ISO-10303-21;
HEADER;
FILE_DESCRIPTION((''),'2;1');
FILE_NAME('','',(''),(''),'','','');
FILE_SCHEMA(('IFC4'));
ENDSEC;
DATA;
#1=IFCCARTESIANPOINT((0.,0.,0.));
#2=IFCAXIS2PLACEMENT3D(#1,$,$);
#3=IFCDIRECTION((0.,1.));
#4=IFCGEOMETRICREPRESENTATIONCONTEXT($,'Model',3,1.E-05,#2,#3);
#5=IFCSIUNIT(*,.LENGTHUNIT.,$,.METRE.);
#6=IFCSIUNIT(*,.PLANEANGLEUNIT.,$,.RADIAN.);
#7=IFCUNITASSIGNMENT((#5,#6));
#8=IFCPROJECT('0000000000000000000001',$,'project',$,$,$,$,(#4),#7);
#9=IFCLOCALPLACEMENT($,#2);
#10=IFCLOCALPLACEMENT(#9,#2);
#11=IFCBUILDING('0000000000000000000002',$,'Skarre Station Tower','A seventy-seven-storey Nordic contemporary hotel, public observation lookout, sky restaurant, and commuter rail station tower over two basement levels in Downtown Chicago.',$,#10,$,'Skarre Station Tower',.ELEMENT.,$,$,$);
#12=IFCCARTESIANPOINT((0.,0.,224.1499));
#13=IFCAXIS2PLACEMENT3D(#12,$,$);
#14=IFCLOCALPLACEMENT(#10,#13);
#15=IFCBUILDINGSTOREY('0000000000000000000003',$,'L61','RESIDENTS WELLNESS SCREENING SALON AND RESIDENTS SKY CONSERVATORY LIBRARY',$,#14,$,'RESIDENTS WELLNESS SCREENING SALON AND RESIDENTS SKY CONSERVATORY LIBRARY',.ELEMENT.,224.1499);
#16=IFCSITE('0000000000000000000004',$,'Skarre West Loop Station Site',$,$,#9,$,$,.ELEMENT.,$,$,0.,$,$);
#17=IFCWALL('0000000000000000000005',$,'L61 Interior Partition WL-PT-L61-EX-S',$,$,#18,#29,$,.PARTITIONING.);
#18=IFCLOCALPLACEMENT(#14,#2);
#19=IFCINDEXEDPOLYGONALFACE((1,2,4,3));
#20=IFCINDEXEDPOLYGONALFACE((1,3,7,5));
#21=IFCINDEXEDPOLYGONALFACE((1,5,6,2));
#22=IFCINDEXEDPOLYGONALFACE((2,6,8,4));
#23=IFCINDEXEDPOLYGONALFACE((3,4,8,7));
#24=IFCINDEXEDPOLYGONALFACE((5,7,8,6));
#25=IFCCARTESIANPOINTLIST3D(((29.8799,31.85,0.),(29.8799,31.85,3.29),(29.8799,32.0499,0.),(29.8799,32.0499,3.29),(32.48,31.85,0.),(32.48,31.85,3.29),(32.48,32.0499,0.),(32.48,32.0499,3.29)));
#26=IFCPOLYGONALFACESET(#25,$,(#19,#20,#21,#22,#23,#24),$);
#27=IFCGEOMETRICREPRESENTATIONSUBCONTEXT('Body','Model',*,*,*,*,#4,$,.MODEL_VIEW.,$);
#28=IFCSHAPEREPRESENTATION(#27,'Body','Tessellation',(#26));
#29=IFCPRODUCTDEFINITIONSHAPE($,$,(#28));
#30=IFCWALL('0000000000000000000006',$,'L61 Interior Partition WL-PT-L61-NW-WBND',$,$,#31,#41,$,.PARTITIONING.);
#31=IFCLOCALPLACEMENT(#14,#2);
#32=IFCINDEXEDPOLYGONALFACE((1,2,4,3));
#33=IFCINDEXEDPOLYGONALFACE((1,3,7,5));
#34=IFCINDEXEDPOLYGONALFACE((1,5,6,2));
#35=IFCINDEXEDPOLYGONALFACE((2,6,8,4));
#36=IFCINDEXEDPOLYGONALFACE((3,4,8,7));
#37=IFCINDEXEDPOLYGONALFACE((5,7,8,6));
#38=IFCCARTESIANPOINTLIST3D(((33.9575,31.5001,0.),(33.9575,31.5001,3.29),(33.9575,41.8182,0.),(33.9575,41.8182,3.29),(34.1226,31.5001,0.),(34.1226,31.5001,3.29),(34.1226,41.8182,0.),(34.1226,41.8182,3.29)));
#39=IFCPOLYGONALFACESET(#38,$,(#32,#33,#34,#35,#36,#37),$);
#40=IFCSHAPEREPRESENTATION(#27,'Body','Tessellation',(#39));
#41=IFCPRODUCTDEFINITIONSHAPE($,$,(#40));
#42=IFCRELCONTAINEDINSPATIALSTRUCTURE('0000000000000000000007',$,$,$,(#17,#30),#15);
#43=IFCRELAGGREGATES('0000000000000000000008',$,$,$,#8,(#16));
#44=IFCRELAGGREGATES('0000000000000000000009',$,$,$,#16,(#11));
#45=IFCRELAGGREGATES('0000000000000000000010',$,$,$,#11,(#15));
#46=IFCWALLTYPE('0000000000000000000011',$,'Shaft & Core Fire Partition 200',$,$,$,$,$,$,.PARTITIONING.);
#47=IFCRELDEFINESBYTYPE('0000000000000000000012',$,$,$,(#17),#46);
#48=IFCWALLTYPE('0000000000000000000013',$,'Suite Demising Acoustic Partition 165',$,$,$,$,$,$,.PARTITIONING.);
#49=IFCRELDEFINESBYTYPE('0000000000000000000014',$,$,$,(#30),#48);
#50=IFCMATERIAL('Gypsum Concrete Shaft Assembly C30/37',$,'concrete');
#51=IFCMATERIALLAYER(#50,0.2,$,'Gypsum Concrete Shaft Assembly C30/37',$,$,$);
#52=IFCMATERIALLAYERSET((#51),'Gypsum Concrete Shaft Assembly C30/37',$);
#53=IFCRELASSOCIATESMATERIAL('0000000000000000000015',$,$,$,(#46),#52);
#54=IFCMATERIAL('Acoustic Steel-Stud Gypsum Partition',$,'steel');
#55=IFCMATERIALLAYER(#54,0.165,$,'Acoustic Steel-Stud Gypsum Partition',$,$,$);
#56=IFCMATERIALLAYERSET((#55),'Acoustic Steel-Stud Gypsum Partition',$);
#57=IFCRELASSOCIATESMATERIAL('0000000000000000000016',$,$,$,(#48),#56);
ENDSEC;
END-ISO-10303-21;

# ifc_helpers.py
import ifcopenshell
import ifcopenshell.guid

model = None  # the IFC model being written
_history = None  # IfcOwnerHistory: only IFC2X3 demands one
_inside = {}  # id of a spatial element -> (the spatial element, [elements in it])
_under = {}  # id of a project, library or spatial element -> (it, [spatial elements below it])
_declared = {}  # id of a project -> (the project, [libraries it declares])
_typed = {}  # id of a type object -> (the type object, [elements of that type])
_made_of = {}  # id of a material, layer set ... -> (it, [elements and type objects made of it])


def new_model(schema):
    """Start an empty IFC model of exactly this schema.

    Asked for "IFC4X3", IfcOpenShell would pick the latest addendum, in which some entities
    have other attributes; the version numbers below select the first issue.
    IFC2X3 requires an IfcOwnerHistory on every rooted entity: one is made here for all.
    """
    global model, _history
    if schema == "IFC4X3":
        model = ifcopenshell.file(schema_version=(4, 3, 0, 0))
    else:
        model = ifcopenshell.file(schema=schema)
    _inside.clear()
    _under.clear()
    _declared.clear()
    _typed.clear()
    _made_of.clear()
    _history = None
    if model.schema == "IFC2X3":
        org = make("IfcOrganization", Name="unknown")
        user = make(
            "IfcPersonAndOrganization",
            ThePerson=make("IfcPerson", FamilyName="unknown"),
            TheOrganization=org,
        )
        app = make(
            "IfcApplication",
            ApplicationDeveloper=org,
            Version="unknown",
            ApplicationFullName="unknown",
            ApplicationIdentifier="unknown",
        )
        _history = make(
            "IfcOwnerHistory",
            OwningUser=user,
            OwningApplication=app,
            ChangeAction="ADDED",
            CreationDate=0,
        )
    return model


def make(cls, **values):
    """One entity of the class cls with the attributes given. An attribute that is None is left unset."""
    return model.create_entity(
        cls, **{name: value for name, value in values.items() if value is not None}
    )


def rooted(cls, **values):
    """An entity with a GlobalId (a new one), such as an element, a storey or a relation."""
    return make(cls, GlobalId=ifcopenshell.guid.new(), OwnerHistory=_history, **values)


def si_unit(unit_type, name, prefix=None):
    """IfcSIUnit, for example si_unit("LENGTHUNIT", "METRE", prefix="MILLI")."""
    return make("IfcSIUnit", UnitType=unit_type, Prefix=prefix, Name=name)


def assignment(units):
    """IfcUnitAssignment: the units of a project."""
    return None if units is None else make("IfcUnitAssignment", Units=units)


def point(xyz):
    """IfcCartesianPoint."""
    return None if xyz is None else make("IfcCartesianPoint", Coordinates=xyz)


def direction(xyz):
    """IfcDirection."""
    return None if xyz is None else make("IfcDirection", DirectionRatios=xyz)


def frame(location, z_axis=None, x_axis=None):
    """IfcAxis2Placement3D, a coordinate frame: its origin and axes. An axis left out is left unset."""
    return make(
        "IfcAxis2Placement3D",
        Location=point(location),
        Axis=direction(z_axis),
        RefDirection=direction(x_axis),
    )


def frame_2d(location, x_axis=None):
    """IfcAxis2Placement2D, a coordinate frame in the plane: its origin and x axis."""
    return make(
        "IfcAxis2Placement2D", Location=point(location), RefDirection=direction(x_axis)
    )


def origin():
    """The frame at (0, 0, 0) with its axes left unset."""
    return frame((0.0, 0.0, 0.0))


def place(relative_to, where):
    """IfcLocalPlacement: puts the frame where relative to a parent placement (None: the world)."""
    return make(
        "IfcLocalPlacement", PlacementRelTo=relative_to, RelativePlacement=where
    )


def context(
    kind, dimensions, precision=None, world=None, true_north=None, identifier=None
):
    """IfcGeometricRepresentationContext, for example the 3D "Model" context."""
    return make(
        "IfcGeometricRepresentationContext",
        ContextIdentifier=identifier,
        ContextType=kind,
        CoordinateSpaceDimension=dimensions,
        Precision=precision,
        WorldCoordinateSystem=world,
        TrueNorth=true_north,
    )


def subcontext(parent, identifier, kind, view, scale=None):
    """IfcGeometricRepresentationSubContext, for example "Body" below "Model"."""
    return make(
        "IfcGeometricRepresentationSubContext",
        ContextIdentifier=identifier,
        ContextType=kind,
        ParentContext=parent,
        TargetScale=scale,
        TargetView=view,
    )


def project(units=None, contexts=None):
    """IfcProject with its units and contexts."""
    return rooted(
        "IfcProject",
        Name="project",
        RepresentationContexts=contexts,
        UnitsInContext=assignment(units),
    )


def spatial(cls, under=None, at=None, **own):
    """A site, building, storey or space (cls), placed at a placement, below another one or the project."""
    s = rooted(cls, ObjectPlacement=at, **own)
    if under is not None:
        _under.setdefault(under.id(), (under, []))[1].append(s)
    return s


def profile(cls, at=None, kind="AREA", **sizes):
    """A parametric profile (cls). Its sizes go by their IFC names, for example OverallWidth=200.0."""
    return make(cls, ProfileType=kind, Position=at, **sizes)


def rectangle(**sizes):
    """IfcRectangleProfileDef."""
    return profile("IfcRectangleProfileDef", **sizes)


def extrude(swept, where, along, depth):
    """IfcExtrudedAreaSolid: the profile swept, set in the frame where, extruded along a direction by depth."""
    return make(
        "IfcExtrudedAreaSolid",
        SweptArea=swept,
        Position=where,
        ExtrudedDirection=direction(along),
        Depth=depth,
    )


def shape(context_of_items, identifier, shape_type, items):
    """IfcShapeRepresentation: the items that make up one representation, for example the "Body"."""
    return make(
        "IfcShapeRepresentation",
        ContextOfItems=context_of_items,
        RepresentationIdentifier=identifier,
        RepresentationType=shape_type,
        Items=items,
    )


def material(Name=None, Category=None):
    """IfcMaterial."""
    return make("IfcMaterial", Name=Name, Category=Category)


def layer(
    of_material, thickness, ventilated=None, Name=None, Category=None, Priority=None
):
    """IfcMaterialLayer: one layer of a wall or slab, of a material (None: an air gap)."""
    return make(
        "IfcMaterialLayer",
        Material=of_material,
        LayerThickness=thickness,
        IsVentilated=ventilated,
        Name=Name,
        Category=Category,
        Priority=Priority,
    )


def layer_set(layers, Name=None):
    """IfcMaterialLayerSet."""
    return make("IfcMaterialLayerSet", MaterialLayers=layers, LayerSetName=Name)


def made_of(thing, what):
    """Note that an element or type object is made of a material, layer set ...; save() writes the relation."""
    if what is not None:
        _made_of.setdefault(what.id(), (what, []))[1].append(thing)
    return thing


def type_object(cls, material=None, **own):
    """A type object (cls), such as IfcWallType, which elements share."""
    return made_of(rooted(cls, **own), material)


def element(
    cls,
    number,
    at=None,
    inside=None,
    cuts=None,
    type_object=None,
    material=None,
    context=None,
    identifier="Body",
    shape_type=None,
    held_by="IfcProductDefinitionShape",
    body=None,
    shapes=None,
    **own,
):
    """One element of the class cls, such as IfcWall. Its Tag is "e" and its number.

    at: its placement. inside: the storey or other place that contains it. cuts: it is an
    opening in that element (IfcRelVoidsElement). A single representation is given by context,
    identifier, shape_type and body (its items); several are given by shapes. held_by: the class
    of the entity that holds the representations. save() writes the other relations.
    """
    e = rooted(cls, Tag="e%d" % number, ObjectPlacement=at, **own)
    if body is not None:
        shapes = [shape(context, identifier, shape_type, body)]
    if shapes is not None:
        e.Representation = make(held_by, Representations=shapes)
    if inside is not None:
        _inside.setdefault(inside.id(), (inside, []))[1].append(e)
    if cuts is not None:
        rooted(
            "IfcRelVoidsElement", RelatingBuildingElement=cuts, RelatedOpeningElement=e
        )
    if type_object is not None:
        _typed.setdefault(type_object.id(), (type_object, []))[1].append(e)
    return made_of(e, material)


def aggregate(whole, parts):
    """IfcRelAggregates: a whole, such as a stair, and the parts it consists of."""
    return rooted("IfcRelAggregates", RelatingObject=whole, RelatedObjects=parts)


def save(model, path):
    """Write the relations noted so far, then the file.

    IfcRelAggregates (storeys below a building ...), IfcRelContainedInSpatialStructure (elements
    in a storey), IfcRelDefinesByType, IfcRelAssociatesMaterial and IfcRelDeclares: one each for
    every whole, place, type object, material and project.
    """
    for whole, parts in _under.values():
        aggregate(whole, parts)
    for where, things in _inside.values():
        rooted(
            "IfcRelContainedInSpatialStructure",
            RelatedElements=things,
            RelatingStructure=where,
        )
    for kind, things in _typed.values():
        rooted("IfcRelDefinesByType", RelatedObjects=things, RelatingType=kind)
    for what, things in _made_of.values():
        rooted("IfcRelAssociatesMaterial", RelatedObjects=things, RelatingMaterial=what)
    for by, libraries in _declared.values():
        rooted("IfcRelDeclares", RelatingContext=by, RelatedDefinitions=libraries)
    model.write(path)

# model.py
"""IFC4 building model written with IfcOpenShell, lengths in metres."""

from ifc_helpers import new_model, si_unit, direction, frame, frame_2d, origin, place, context, subcontext, project, spatial, rectangle, extrude, material, layer, layer_set, type_object, element, save


model = new_model("IFC4")

# Units and contexts
model_context = context("Model", 3, precision=1e-05, world=origin(), true_north=direction((0.0, 1.0)))
body_context = subcontext(model_context, "Body", "Model", "MODEL_VIEW")
ifc_project = project(units=[si_unit("LENGTHUNIT", "METRE"), si_unit("PLANEANGLEUNIT", "RADIAN")], contexts=[model_context])

# Site, building, storey
site_placement = place(None, origin())
site = spatial("IfcSite", under=ifc_project, at=site_placement, Name="Skarre West Loop Station Site", CompositionType="ELEMENT", RefElevation=0.0)
building_placement = place(site_placement, origin())
building = spatial("IfcBuilding", under=site, at=building_placement, Name="Skarre Station Tower", Description="A seventy-seven-storey Nordic contemporary hotel, public observation lookout, sky restaurant, and commuter rail station tower over two basement levels in Downtown Chicago.", LongName="Skarre Station Tower", CompositionType="ELEMENT")
storey_placement = place(building_placement, frame((0.0, 0.0, 224.1499)))
storey = spatial("IfcBuildingStorey", under=building, at=storey_placement, Name="L61", Description="RESIDENTS WELLNESS SCREENING SALON AND RESIDENTS SKY CONSERVATORY LIBRARY", LongName="RESIDENTS WELLNESS SCREENING SALON AND RESIDENTS SKY CONSERVATORY LIBRARY", CompositionType="ELEMENT", Elevation=224.1499)

# Shared definitions
ifc_material_1 = material(Name="Acoustic Steel-Stud Gypsum Partition", Category="steel")

# Walls
ifc_material_2 = material(Name="Gypsum Concrete Shaft Assembly C30/37", Category="concrete")
ifc_layer_1 = layer(ifc_material_2, 0.2, Name="Gypsum Concrete Shaft Assembly C30/37")
ifc_layer_set_1 = layer_set([ifc_layer_1], Name="Gypsum Concrete Shaft Assembly C30/37")
wall_type_1 = type_object("IfcWallType", Name="Shaft & Core Fire Partition 200", PredefinedType="PARTITIONING", material=ifc_layer_set_1)
wall_1_placement = place(storey_placement, frame((32.48, 31.95, 0.0), z_axis=(0.0, 0.0, 1.0), x_axis=(-1.0, 0.0, 0.0)))
element("IfcWall", 1, at=wall_1_placement, inside=storey, type_object=wall_type_1, Name="L61 Interior Partition WL-PT-L61-EX-S", PredefinedType="PARTITIONING", context=body_context, shape_type="SweptSolid", body=[
    extrude(rectangle(XDim=2.6001, YDim=0.2, at=frame_2d((1.3, 0.0))), origin(), (0.0, 0.0, 1.0), 3.29),
])
ifc_layer_2 = layer(ifc_material_1, 0.165, Name="Acoustic Steel-Stud Gypsum Partition")
ifc_layer_set_2 = layer_set([ifc_layer_2], Name="Acoustic Steel-Stud Gypsum Partition")
wall_type_2 = type_object("IfcWallType", Name="Suite Demising Acoustic Partition 165", PredefinedType="PARTITIONING", material=ifc_layer_set_2)
wall_2_placement = place(storey_placement, frame((34.04, 31.5, 0.0), z_axis=(0.0, 0.0, 1.0), x_axis=(0.0, 1.0, 0.0)))
element("IfcWall", 2, at=wall_2_placement, inside=storey, type_object=wall_type_2, Name="L61 Interior Partition WL-PT-L61-NW-WBND", PredefinedType="PARTITIONING", context=body_context, shape_type="SweptSolid", body=[
    extrude(rectangle(XDim=10.3181, YDim=0.165, at=frame_2d((5.1592, 0.0))), origin(), (0.0, 0.0, 1.0), 3.29),
])

save(model, "model.ifc")
